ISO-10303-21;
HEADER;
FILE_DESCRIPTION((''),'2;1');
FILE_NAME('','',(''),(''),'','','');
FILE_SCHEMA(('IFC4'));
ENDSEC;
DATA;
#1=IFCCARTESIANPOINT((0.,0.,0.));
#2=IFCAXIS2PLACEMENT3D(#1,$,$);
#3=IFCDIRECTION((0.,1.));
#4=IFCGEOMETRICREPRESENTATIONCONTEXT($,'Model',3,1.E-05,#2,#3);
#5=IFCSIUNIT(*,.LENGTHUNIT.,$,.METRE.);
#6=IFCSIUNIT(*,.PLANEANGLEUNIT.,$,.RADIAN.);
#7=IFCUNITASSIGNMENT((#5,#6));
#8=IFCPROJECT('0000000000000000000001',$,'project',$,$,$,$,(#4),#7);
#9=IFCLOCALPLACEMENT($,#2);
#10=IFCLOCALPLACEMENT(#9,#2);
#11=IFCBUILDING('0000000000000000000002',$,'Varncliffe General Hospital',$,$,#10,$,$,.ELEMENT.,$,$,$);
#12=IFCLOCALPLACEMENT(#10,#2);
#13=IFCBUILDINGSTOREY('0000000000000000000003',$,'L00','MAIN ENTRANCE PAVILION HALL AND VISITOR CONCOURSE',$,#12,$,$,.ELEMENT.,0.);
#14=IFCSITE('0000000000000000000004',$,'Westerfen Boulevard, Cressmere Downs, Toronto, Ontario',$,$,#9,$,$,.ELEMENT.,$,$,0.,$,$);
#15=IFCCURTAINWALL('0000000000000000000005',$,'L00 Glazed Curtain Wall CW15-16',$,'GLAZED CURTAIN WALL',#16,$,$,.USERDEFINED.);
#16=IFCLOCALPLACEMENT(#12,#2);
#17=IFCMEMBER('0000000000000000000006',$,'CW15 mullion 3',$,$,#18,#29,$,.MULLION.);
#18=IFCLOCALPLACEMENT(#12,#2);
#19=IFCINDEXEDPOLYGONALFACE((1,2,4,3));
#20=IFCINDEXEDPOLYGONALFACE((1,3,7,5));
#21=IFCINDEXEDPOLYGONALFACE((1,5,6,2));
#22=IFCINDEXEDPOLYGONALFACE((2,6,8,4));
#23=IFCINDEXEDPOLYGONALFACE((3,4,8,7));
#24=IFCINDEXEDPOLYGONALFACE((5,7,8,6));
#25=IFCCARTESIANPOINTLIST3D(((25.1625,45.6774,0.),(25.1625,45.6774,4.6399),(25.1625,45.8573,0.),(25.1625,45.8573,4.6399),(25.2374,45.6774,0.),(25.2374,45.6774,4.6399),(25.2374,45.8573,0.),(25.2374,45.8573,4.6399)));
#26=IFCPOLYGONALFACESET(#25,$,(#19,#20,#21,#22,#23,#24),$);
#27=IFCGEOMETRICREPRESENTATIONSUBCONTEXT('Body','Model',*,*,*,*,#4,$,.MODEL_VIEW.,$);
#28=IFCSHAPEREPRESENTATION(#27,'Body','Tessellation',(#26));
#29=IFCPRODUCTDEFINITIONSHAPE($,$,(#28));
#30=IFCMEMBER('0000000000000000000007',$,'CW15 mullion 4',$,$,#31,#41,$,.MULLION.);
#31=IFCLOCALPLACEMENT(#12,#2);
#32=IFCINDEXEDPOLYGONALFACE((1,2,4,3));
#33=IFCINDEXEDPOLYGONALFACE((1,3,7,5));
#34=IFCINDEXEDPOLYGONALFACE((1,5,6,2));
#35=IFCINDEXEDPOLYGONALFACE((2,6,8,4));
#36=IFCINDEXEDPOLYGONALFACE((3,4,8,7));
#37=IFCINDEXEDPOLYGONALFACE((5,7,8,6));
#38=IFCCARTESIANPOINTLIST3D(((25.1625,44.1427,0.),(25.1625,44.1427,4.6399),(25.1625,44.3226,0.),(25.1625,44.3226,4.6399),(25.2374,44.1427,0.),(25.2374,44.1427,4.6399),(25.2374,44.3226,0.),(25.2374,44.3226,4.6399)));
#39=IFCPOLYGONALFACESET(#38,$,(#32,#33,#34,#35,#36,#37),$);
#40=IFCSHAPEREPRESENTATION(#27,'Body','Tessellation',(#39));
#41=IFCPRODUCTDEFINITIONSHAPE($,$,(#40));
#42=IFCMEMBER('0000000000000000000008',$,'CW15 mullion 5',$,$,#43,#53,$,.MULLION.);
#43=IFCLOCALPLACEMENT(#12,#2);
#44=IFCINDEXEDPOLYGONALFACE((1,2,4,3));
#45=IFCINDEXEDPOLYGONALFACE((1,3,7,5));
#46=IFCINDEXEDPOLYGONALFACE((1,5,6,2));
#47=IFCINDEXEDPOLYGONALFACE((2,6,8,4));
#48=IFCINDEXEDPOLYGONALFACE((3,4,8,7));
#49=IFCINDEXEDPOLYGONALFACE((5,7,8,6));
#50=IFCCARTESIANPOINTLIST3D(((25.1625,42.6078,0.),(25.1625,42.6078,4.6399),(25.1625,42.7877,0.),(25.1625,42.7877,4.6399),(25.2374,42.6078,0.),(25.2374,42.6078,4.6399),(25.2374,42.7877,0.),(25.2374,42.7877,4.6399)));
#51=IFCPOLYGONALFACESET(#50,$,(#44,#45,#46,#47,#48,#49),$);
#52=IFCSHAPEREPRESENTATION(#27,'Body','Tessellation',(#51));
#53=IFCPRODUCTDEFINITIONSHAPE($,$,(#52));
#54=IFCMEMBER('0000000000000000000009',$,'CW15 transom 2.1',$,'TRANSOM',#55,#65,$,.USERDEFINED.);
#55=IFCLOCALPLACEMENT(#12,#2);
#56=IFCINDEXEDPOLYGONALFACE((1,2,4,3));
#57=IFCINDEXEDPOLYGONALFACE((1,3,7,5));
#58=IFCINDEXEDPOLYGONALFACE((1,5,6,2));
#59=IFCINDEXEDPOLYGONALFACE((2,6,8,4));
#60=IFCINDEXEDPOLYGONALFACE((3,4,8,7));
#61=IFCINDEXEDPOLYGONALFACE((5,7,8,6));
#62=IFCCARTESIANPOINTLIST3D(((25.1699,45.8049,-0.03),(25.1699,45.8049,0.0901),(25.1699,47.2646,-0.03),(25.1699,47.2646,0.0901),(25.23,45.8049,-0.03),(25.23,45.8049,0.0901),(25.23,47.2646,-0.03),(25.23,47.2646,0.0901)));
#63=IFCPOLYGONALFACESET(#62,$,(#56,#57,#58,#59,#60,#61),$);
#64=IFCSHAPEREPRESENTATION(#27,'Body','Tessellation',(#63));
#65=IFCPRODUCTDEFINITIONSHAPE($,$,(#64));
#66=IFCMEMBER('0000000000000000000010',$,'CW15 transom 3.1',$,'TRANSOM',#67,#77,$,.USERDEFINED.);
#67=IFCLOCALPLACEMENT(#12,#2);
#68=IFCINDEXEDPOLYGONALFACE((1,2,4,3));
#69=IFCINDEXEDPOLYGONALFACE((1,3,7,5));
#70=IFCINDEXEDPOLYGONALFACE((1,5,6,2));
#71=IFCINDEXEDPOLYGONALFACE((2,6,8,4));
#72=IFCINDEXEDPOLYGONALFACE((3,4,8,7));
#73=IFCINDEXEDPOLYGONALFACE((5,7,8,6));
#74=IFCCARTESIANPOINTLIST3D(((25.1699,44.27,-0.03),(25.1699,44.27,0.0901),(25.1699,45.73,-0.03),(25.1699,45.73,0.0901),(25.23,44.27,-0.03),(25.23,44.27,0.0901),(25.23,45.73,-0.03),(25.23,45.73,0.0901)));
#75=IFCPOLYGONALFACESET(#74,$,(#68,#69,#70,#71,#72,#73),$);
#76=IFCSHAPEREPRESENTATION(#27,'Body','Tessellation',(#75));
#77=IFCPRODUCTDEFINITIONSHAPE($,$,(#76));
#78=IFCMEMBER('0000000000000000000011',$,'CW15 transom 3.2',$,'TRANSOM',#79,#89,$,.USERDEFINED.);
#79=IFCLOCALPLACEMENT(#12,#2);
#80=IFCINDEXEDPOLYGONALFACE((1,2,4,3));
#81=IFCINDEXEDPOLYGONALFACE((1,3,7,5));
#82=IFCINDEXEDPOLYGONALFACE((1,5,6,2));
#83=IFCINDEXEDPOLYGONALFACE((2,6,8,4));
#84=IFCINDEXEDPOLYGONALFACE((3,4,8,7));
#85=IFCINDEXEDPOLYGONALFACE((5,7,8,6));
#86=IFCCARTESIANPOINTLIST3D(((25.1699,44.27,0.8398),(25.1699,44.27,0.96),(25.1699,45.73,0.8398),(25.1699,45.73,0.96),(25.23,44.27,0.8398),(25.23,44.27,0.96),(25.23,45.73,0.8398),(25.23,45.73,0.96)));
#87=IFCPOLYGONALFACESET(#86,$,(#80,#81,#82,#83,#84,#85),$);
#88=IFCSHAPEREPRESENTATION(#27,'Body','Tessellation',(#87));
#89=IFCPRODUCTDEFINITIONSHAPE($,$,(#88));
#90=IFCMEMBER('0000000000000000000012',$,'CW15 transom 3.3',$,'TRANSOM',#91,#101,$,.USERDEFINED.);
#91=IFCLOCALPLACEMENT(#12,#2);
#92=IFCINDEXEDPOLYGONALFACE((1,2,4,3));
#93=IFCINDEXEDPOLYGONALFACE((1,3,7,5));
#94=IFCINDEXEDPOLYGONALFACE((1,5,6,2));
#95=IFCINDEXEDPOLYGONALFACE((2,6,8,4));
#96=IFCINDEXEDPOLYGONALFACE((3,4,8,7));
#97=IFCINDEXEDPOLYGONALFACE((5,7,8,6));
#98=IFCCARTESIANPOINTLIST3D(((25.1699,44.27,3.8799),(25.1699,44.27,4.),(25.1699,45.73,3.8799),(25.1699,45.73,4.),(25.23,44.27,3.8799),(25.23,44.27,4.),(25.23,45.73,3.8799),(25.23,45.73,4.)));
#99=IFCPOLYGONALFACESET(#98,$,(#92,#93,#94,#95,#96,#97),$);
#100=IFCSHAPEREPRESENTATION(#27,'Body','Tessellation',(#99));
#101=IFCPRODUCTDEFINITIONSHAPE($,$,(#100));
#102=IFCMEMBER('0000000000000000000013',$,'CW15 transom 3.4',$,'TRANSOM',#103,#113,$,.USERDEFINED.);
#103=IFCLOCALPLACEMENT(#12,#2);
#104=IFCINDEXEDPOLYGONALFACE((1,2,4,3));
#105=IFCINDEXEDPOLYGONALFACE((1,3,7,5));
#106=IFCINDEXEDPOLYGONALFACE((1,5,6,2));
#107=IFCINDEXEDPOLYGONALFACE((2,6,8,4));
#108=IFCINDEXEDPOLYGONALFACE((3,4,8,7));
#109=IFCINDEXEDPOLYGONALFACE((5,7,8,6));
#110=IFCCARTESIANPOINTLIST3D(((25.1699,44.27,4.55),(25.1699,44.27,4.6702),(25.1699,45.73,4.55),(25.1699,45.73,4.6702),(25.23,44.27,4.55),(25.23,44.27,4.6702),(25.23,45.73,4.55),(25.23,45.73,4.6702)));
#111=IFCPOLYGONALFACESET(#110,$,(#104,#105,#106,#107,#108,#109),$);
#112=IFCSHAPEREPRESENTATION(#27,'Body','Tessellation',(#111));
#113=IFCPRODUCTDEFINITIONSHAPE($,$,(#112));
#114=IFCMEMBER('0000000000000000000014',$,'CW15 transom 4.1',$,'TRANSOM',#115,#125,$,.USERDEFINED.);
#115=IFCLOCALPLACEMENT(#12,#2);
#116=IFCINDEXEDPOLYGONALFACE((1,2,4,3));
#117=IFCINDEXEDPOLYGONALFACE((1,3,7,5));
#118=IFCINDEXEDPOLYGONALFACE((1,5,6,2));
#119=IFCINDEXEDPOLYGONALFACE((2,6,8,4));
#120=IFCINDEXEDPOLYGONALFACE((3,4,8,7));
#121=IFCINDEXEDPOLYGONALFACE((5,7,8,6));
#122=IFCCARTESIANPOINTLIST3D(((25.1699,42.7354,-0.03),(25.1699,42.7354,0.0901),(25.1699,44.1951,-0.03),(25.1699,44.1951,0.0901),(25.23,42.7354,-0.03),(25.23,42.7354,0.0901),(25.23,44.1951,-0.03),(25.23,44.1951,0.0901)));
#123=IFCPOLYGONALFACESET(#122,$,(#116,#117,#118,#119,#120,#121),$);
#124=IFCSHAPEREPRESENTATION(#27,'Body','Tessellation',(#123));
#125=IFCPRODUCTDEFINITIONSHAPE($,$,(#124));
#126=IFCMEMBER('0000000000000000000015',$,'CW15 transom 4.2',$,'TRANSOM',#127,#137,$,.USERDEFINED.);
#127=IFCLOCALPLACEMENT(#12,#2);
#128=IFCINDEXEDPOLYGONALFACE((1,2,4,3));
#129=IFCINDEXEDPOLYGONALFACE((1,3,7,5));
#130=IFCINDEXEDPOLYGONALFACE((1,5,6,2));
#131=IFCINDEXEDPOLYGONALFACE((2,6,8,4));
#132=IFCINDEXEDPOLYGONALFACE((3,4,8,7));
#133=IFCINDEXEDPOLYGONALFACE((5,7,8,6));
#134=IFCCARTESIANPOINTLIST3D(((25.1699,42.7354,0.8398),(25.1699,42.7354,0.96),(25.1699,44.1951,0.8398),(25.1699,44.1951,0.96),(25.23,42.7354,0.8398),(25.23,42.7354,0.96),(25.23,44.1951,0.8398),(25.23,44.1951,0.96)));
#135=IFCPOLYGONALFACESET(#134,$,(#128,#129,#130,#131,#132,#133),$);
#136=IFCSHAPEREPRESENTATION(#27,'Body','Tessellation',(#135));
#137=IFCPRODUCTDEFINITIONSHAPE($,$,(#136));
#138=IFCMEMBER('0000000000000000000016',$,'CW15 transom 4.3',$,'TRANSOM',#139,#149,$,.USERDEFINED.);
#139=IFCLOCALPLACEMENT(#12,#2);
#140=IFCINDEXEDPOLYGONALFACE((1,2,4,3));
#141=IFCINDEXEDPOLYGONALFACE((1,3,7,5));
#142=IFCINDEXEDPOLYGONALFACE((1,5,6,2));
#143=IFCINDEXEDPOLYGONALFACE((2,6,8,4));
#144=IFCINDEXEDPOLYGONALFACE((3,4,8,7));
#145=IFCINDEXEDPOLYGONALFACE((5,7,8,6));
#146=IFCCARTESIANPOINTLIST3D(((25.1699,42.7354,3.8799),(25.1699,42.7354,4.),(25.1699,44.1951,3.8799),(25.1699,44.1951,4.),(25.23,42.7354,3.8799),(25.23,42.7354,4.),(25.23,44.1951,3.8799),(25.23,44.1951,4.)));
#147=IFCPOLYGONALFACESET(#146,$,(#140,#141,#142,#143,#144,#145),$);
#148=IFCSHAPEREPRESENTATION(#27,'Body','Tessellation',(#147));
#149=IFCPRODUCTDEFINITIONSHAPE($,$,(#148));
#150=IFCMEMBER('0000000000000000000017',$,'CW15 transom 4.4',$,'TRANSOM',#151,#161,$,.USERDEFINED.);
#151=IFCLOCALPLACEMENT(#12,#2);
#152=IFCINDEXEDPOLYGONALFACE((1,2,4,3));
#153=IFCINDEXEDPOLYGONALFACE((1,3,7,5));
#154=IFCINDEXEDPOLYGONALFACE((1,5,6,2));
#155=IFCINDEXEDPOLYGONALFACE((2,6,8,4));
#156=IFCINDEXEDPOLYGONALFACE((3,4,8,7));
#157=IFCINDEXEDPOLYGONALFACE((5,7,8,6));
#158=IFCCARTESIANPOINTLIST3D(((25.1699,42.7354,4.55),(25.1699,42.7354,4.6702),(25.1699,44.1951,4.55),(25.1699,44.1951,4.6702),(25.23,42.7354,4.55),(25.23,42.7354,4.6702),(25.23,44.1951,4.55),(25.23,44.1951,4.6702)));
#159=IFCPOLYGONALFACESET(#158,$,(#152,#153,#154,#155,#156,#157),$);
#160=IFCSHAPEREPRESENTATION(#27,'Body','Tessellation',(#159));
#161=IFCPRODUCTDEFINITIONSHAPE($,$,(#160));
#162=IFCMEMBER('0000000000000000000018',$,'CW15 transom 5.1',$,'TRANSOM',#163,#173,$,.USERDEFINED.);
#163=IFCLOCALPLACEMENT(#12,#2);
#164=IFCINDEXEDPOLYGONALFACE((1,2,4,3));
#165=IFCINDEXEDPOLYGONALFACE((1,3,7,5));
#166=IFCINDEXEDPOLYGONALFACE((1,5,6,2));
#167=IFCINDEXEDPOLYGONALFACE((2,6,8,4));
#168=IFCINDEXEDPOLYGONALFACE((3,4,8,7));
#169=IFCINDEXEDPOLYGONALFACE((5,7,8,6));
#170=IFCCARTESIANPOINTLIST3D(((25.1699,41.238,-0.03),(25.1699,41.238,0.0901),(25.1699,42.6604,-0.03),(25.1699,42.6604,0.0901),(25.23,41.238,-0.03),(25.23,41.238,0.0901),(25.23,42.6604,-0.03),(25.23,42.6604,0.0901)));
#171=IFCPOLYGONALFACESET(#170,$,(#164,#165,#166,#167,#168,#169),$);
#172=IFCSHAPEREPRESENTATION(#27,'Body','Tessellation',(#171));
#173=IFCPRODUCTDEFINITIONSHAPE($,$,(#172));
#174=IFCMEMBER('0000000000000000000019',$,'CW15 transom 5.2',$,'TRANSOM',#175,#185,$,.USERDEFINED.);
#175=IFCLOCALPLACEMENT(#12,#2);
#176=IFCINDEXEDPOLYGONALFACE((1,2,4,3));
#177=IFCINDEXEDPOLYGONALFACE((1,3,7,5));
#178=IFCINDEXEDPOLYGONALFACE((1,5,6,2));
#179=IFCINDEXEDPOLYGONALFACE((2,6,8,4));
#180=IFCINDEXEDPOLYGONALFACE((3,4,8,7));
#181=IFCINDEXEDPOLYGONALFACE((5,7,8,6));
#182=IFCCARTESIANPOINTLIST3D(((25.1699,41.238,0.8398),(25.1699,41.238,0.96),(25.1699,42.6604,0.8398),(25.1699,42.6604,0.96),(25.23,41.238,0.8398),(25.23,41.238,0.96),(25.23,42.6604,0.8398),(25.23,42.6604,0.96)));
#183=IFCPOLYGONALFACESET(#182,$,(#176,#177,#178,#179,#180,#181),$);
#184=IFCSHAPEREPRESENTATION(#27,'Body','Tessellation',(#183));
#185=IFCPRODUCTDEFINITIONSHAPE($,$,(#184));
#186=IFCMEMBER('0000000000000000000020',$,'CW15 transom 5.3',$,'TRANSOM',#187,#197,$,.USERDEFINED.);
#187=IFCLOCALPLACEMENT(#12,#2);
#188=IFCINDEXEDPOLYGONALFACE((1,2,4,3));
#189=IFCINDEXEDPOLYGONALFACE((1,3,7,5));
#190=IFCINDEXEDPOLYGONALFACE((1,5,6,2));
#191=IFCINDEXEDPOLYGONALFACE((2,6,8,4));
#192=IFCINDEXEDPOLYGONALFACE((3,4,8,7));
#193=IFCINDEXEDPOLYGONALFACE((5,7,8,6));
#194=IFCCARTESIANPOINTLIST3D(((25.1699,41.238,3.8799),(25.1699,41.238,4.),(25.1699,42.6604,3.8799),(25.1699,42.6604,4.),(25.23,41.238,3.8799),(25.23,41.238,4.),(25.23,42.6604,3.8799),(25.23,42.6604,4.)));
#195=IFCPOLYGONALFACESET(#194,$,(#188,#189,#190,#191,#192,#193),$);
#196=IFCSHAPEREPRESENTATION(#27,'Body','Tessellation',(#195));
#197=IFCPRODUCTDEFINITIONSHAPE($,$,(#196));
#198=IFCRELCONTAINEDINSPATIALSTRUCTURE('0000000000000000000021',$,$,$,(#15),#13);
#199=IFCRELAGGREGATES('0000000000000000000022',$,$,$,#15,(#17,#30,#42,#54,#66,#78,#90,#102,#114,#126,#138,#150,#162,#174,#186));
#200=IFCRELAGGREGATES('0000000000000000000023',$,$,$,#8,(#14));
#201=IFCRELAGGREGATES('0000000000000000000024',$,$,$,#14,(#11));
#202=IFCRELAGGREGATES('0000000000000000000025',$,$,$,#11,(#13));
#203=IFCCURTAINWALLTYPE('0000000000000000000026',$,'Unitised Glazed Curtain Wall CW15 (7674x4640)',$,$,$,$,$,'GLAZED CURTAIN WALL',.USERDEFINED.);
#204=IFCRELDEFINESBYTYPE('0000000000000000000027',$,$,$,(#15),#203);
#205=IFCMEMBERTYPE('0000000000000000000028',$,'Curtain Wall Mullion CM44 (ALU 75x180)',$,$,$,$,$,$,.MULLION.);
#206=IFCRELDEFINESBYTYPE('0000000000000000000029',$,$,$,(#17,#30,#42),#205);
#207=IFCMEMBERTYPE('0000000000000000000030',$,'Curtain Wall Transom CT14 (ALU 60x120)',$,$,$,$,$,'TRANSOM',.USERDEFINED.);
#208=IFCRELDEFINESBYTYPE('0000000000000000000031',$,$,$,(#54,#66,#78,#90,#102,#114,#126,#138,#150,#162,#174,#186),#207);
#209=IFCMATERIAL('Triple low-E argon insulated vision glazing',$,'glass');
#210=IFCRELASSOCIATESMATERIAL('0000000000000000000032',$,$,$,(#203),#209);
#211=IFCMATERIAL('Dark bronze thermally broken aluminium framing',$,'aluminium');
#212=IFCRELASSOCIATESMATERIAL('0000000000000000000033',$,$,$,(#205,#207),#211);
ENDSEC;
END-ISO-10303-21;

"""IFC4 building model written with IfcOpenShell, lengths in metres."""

from ifc_helpers import new_model, si_unit, direction, frame, origin, origin_2d, place, context, subcontext, project, spatial, rectangle, extrude, material, material_profile, profile_set, type_object, element, aggregate, save


model = new_model("IFC4")

# Units and contexts
model_context = context("Model", 3, precision=1e-05, world=origin(), true_north=direction((0.0, 1.0)))
body_context = subcontext(model_context, "Body", "Model", "MODEL_VIEW")
ifc_project = project(units=[si_unit("LENGTHUNIT", "METRE"), si_unit("PLANEANGLEUNIT", "RADIAN")], contexts=[model_context])

# Site, building, storey
site_placement = place(None, origin())
site = spatial("IfcSite", under=ifc_project, at=site_placement, Name="Westerfen Boulevard, Cressmere Downs, Toronto, Ontario", CompositionType="ELEMENT", RefElevation=0.0)
building_placement = place(site_placement, origin())
building = spatial("IfcBuilding", under=site, at=building_placement, Name="Varncliffe General Hospital", CompositionType="ELEMENT")
storey_placement = place(building_placement, origin())
storey = spatial("IfcBuildingStorey", under=building, at=storey_placement, Name="L00", Description="MAIN ENTRANCE PAVILION HALL AND VISITOR CONCOURSE", CompositionType="ELEMENT", Elevation=0.0)

# Curtain wall, members
ifc_material_1 = material(Name="Triple low-E argon insulated vision glazing", Category="glass")
curtain_wall_type = type_object("IfcCurtainWallType", Name="Unitised Glazed Curtain Wall CW15 (7674x4640)", ElementType="GLAZED CURTAIN WALL", PredefinedType="USERDEFINED", material=ifc_material_1)
curtain_wall_placement = place(storey_placement, origin())
curtain_wall = element("IfcCurtainWall", 1, at=curtain_wall_placement, inside=storey, type_object=curtain_wall_type, Name="L00 Glazed Curtain Wall CW15-16", ObjectType="GLAZED CURTAIN WALL", PredefinedType="USERDEFINED")
ifc_material_2 = material(Name="Dark bronze thermally broken aluminium framing", Category="aluminium")
ifc_material_profile_1 = material_profile(ifc_material_2, rectangle(XDim=0.075, YDim=0.1799, at=origin_2d()), Name="ALU 75x180")
ifc_profile_set_1 = profile_set([ifc_material_profile_1], Name="Dark bronze thermally broken aluminium framing")
member_type_1 = type_object("IfcMemberType", Name="Curtain Wall Mullion CM44 (ALU 75x180)", PredefinedType="MULLION", material=ifc_profile_set_1)
member_1_placement = place(storey_placement, frame((25.2, 45.7673, 0.0), z_axis=(0.0, 0.0, 1.0), x_axis=(1.0, 0.0, 0.0)))
member_1 = element("IfcMember", 2, at=member_1_placement, type_object=member_type_1, Name="CW15 mullion 3", PredefinedType="MULLION", context=body_context, shape_type="SweptSolid", body=[
    extrude(rectangle(XDim=0.075, YDim=0.1799, at=origin_2d()), origin(), (0.0, 0.0, 1.0), 4.6399),
])
member_2_placement = place(storey_placement, frame((25.2, 44.2327, 0.0), z_axis=(0.0, 0.0, 1.0), x_axis=(1.0, 0.0, 0.0)))
member_2 = element("IfcMember", 3, at=member_2_placement, type_object=member_type_1, Name="CW15 mullion 4", PredefinedType="MULLION", context=body_context, shape_type="SweptSolid", body=[
    extrude(rectangle(XDim=0.075, YDim=0.1799, at=origin_2d()), origin(), (0.0, 0.0, 1.0), 4.6399),
])
member_3_placement = place(storey_placement, frame((25.2, 42.6978, 0.0), z_axis=(0.0, 0.0, 1.0), x_axis=(1.0, 0.0, 0.0)))
member_3 = element("IfcMember", 4, at=member_3_placement, type_object=member_type_1, Name="CW15 mullion 5", PredefinedType="MULLION", context=body_context, shape_type="SweptSolid", body=[
    extrude(rectangle(XDim=0.075, YDim=0.1799, at=origin_2d()), origin(), (0.0, 0.0, 1.0), 4.6399),
])
ifc_material_profile_2 = material_profile(ifc_material_2, rectangle(XDim=0.0601, YDim=0.1201, at=origin_2d()), Name="ALU 60x120")
ifc_profile_set_2 = profile_set([ifc_material_profile_2], Name="Dark bronze thermally broken aluminium framing")
member_type_2 = type_object("IfcMemberType", Name="Curtain Wall Transom CT14 (ALU 60x120)", ElementType="TRANSOM", PredefinedType="USERDEFINED", material=ifc_profile_set_2)
member_4_placement = place(storey_placement, frame((25.2, 47.2646, 0.03), z_axis=(0.0, -1.0, 0.0), x_axis=(1.0, 0.0, 0.0)))
member_4 = element("IfcMember", 5, at=member_4_placement, type_object=member_type_2, Name="CW15 transom 2.1", ObjectType="TRANSOM", PredefinedType="USERDEFINED", context=body_context, shape_type="SweptSolid", body=[
    extrude(rectangle(XDim=0.0601, YDim=0.1201, at=origin_2d()), origin(), (0.0, 0.0, 1.0), 1.4597),
])
member_5_placement = place(storey_placement, frame((25.2, 45.73, 0.03), z_axis=(0.0, -1.0, 0.0), x_axis=(1.0, 0.0, 0.0)))
member_5 = element("IfcMember", 6, at=member_5_placement, type_object=member_type_2, Name="CW15 transom 3.1", ObjectType="TRANSOM", PredefinedType="USERDEFINED", context=body_context, shape_type="SweptSolid", body=[
    extrude(rectangle(XDim=0.0601, YDim=0.1201, at=origin_2d()), origin(), (0.0, 0.0, 1.0), 1.46),
])
member_6_placement = place(storey_placement, frame((25.2, 45.73, 0.8999), z_axis=(0.0, -1.0, 0.0), x_axis=(1.0, 0.0, 0.0)))
member_6 = element("IfcMember", 7, at=member_6_placement, type_object=member_type_2, Name="CW15 transom 3.2", ObjectType="TRANSOM", PredefinedType="USERDEFINED", context=body_context, shape_type="SweptSolid", body=[
    extrude(rectangle(XDim=0.0601, YDim=0.1201, at=origin_2d()), origin(), (0.0, 0.0, 1.0), 1.46),
])
member_7_placement = place(storey_placement, frame((25.2, 45.73, 3.9399), z_axis=(0.0, -1.0, 0.0), x_axis=(1.0, 0.0, 0.0)))
member_7 = element("IfcMember", 8, at=member_7_placement, type_object=member_type_2, Name="CW15 transom 3.3", ObjectType="TRANSOM", PredefinedType="USERDEFINED", context=body_context, shape_type="SweptSolid", body=[
    extrude(rectangle(XDim=0.0601, YDim=0.1201, at=origin_2d()), origin(), (0.0, 0.0, 1.0), 1.46),
])
member_8_placement = place(storey_placement, frame((25.2, 45.73, 4.6101), z_axis=(0.0, -1.0, 0.0), x_axis=(1.0, 0.0, 0.0)))
member_8 = element("IfcMember", 9, at=member_8_placement, type_object=member_type_2, Name="CW15 transom 3.4", ObjectType="TRANSOM", PredefinedType="USERDEFINED", context=body_context, shape_type="SweptSolid", body=[
    extrude(rectangle(XDim=0.0601, YDim=0.1201, at=origin_2d()), origin(), (0.0, 0.0, 1.0), 1.46),
])
member_9_placement = place(storey_placement, frame((25.2, 44.1951, 0.03), z_axis=(0.0, -1.0, 0.0), x_axis=(1.0, 0.0, 0.0)))
member_9 = element("IfcMember", 10, at=member_9_placement, type_object=member_type_2, Name="CW15 transom 4.1", ObjectType="TRANSOM", PredefinedType="USERDEFINED", context=body_context, shape_type="SweptSolid", body=[
    extrude(rectangle(XDim=0.0601, YDim=0.1201, at=origin_2d()), origin(), (0.0, 0.0, 1.0), 1.4597),
])
member_10_placement = place(storey_placement, frame((25.2, 44.1951, 0.8999), z_axis=(0.0, -1.0, 0.0), x_axis=(1.0, 0.0, 0.0)))
member_10 = element("IfcMember", 11, at=member_10_placement, type_object=member_type_2, Name="CW15 transom 4.2", ObjectType="TRANSOM", PredefinedType="USERDEFINED", context=body_context, shape_type="SweptSolid", body=[
    extrude(rectangle(XDim=0.0601, YDim=0.1201, at=origin_2d()), origin(), (0.0, 0.0, 1.0), 1.4597),
])
member_11_placement = place(storey_placement, frame((25.2, 44.1951, 3.9399), z_axis=(0.0, -1.0, 0.0), x_axis=(1.0, 0.0, 0.0)))
member_11 = element("IfcMember", 12, at=member_11_placement, type_object=member_type_2, Name="CW15 transom 4.3", ObjectType="TRANSOM", PredefinedType="USERDEFINED", context=body_context, shape_type="SweptSolid", body=[
    extrude(rectangle(XDim=0.0601, YDim=0.1201, at=origin_2d()), origin(), (0.0, 0.0, 1.0), 1.4597),
])
member_12_placement = place(storey_placement, frame((25.2, 44.1951, 4.6101), z_axis=(0.0, -1.0, 0.0), x_axis=(1.0, 0.0, 0.0)))
member_12 = element("IfcMember", 13, at=member_12_placement, type_object=member_type_2, Name="CW15 transom 4.4", ObjectType="TRANSOM", PredefinedType="USERDEFINED", context=body_context, shape_type="SweptSolid", body=[
    extrude(rectangle(XDim=0.0601, YDim=0.1201, at=origin_2d()), origin(), (0.0, 0.0, 1.0), 1.4597),
])
member_13_placement = place(storey_placement, frame((25.2, 42.6604, 0.03), z_axis=(0.0, -1.0, 0.0), x_axis=(1.0, 0.0, 0.0)))
member_13 = element("IfcMember", 14, at=member_13_placement, type_object=member_type_2, Name="CW15 transom 5.1", ObjectType="TRANSOM", PredefinedType="USERDEFINED", context=body_context, shape_type="SweptSolid", body=[
    extrude(rectangle(XDim=0.0601, YDim=0.1201, at=origin_2d()), origin(), (0.0, 0.0, 1.0), 1.4224),
])
member_14_placement = place(storey_placement, frame((25.2, 42.6604, 0.8999), z_axis=(0.0, -1.0, 0.0), x_axis=(1.0, 0.0, 0.0)))
member_14 = element("IfcMember", 15, at=member_14_placement, type_object=member_type_2, Name="CW15 transom 5.2", ObjectType="TRANSOM", PredefinedType="USERDEFINED", context=body_context, shape_type="SweptSolid", body=[
    extrude(rectangle(XDim=0.0601, YDim=0.1201, at=origin_2d()), origin(), (0.0, 0.0, 1.0), 1.4224),
])
member_15_placement = place(storey_placement, frame((25.2, 42.6604, 3.9399), z_axis=(0.0, -1.0, 0.0), x_axis=(1.0, 0.0, 0.0)))
member_15 = element("IfcMember", 16, at=member_15_placement, type_object=member_type_2, Name="CW15 transom 5.3", ObjectType="TRANSOM", PredefinedType="USERDEFINED", context=body_context, shape_type="SweptSolid", body=[
    extrude(rectangle(XDim=0.0601, YDim=0.1201, at=origin_2d()), origin(), (0.0, 0.0, 1.0), 1.4224),
])
aggregate(curtain_wall, [member_1, member_2, member_3, member_4, member_5, member_6, member_7, member_8, member_9, member_10, member_11, member_12, member_13, member_14, member_15])

save(model, "model.ifc")
